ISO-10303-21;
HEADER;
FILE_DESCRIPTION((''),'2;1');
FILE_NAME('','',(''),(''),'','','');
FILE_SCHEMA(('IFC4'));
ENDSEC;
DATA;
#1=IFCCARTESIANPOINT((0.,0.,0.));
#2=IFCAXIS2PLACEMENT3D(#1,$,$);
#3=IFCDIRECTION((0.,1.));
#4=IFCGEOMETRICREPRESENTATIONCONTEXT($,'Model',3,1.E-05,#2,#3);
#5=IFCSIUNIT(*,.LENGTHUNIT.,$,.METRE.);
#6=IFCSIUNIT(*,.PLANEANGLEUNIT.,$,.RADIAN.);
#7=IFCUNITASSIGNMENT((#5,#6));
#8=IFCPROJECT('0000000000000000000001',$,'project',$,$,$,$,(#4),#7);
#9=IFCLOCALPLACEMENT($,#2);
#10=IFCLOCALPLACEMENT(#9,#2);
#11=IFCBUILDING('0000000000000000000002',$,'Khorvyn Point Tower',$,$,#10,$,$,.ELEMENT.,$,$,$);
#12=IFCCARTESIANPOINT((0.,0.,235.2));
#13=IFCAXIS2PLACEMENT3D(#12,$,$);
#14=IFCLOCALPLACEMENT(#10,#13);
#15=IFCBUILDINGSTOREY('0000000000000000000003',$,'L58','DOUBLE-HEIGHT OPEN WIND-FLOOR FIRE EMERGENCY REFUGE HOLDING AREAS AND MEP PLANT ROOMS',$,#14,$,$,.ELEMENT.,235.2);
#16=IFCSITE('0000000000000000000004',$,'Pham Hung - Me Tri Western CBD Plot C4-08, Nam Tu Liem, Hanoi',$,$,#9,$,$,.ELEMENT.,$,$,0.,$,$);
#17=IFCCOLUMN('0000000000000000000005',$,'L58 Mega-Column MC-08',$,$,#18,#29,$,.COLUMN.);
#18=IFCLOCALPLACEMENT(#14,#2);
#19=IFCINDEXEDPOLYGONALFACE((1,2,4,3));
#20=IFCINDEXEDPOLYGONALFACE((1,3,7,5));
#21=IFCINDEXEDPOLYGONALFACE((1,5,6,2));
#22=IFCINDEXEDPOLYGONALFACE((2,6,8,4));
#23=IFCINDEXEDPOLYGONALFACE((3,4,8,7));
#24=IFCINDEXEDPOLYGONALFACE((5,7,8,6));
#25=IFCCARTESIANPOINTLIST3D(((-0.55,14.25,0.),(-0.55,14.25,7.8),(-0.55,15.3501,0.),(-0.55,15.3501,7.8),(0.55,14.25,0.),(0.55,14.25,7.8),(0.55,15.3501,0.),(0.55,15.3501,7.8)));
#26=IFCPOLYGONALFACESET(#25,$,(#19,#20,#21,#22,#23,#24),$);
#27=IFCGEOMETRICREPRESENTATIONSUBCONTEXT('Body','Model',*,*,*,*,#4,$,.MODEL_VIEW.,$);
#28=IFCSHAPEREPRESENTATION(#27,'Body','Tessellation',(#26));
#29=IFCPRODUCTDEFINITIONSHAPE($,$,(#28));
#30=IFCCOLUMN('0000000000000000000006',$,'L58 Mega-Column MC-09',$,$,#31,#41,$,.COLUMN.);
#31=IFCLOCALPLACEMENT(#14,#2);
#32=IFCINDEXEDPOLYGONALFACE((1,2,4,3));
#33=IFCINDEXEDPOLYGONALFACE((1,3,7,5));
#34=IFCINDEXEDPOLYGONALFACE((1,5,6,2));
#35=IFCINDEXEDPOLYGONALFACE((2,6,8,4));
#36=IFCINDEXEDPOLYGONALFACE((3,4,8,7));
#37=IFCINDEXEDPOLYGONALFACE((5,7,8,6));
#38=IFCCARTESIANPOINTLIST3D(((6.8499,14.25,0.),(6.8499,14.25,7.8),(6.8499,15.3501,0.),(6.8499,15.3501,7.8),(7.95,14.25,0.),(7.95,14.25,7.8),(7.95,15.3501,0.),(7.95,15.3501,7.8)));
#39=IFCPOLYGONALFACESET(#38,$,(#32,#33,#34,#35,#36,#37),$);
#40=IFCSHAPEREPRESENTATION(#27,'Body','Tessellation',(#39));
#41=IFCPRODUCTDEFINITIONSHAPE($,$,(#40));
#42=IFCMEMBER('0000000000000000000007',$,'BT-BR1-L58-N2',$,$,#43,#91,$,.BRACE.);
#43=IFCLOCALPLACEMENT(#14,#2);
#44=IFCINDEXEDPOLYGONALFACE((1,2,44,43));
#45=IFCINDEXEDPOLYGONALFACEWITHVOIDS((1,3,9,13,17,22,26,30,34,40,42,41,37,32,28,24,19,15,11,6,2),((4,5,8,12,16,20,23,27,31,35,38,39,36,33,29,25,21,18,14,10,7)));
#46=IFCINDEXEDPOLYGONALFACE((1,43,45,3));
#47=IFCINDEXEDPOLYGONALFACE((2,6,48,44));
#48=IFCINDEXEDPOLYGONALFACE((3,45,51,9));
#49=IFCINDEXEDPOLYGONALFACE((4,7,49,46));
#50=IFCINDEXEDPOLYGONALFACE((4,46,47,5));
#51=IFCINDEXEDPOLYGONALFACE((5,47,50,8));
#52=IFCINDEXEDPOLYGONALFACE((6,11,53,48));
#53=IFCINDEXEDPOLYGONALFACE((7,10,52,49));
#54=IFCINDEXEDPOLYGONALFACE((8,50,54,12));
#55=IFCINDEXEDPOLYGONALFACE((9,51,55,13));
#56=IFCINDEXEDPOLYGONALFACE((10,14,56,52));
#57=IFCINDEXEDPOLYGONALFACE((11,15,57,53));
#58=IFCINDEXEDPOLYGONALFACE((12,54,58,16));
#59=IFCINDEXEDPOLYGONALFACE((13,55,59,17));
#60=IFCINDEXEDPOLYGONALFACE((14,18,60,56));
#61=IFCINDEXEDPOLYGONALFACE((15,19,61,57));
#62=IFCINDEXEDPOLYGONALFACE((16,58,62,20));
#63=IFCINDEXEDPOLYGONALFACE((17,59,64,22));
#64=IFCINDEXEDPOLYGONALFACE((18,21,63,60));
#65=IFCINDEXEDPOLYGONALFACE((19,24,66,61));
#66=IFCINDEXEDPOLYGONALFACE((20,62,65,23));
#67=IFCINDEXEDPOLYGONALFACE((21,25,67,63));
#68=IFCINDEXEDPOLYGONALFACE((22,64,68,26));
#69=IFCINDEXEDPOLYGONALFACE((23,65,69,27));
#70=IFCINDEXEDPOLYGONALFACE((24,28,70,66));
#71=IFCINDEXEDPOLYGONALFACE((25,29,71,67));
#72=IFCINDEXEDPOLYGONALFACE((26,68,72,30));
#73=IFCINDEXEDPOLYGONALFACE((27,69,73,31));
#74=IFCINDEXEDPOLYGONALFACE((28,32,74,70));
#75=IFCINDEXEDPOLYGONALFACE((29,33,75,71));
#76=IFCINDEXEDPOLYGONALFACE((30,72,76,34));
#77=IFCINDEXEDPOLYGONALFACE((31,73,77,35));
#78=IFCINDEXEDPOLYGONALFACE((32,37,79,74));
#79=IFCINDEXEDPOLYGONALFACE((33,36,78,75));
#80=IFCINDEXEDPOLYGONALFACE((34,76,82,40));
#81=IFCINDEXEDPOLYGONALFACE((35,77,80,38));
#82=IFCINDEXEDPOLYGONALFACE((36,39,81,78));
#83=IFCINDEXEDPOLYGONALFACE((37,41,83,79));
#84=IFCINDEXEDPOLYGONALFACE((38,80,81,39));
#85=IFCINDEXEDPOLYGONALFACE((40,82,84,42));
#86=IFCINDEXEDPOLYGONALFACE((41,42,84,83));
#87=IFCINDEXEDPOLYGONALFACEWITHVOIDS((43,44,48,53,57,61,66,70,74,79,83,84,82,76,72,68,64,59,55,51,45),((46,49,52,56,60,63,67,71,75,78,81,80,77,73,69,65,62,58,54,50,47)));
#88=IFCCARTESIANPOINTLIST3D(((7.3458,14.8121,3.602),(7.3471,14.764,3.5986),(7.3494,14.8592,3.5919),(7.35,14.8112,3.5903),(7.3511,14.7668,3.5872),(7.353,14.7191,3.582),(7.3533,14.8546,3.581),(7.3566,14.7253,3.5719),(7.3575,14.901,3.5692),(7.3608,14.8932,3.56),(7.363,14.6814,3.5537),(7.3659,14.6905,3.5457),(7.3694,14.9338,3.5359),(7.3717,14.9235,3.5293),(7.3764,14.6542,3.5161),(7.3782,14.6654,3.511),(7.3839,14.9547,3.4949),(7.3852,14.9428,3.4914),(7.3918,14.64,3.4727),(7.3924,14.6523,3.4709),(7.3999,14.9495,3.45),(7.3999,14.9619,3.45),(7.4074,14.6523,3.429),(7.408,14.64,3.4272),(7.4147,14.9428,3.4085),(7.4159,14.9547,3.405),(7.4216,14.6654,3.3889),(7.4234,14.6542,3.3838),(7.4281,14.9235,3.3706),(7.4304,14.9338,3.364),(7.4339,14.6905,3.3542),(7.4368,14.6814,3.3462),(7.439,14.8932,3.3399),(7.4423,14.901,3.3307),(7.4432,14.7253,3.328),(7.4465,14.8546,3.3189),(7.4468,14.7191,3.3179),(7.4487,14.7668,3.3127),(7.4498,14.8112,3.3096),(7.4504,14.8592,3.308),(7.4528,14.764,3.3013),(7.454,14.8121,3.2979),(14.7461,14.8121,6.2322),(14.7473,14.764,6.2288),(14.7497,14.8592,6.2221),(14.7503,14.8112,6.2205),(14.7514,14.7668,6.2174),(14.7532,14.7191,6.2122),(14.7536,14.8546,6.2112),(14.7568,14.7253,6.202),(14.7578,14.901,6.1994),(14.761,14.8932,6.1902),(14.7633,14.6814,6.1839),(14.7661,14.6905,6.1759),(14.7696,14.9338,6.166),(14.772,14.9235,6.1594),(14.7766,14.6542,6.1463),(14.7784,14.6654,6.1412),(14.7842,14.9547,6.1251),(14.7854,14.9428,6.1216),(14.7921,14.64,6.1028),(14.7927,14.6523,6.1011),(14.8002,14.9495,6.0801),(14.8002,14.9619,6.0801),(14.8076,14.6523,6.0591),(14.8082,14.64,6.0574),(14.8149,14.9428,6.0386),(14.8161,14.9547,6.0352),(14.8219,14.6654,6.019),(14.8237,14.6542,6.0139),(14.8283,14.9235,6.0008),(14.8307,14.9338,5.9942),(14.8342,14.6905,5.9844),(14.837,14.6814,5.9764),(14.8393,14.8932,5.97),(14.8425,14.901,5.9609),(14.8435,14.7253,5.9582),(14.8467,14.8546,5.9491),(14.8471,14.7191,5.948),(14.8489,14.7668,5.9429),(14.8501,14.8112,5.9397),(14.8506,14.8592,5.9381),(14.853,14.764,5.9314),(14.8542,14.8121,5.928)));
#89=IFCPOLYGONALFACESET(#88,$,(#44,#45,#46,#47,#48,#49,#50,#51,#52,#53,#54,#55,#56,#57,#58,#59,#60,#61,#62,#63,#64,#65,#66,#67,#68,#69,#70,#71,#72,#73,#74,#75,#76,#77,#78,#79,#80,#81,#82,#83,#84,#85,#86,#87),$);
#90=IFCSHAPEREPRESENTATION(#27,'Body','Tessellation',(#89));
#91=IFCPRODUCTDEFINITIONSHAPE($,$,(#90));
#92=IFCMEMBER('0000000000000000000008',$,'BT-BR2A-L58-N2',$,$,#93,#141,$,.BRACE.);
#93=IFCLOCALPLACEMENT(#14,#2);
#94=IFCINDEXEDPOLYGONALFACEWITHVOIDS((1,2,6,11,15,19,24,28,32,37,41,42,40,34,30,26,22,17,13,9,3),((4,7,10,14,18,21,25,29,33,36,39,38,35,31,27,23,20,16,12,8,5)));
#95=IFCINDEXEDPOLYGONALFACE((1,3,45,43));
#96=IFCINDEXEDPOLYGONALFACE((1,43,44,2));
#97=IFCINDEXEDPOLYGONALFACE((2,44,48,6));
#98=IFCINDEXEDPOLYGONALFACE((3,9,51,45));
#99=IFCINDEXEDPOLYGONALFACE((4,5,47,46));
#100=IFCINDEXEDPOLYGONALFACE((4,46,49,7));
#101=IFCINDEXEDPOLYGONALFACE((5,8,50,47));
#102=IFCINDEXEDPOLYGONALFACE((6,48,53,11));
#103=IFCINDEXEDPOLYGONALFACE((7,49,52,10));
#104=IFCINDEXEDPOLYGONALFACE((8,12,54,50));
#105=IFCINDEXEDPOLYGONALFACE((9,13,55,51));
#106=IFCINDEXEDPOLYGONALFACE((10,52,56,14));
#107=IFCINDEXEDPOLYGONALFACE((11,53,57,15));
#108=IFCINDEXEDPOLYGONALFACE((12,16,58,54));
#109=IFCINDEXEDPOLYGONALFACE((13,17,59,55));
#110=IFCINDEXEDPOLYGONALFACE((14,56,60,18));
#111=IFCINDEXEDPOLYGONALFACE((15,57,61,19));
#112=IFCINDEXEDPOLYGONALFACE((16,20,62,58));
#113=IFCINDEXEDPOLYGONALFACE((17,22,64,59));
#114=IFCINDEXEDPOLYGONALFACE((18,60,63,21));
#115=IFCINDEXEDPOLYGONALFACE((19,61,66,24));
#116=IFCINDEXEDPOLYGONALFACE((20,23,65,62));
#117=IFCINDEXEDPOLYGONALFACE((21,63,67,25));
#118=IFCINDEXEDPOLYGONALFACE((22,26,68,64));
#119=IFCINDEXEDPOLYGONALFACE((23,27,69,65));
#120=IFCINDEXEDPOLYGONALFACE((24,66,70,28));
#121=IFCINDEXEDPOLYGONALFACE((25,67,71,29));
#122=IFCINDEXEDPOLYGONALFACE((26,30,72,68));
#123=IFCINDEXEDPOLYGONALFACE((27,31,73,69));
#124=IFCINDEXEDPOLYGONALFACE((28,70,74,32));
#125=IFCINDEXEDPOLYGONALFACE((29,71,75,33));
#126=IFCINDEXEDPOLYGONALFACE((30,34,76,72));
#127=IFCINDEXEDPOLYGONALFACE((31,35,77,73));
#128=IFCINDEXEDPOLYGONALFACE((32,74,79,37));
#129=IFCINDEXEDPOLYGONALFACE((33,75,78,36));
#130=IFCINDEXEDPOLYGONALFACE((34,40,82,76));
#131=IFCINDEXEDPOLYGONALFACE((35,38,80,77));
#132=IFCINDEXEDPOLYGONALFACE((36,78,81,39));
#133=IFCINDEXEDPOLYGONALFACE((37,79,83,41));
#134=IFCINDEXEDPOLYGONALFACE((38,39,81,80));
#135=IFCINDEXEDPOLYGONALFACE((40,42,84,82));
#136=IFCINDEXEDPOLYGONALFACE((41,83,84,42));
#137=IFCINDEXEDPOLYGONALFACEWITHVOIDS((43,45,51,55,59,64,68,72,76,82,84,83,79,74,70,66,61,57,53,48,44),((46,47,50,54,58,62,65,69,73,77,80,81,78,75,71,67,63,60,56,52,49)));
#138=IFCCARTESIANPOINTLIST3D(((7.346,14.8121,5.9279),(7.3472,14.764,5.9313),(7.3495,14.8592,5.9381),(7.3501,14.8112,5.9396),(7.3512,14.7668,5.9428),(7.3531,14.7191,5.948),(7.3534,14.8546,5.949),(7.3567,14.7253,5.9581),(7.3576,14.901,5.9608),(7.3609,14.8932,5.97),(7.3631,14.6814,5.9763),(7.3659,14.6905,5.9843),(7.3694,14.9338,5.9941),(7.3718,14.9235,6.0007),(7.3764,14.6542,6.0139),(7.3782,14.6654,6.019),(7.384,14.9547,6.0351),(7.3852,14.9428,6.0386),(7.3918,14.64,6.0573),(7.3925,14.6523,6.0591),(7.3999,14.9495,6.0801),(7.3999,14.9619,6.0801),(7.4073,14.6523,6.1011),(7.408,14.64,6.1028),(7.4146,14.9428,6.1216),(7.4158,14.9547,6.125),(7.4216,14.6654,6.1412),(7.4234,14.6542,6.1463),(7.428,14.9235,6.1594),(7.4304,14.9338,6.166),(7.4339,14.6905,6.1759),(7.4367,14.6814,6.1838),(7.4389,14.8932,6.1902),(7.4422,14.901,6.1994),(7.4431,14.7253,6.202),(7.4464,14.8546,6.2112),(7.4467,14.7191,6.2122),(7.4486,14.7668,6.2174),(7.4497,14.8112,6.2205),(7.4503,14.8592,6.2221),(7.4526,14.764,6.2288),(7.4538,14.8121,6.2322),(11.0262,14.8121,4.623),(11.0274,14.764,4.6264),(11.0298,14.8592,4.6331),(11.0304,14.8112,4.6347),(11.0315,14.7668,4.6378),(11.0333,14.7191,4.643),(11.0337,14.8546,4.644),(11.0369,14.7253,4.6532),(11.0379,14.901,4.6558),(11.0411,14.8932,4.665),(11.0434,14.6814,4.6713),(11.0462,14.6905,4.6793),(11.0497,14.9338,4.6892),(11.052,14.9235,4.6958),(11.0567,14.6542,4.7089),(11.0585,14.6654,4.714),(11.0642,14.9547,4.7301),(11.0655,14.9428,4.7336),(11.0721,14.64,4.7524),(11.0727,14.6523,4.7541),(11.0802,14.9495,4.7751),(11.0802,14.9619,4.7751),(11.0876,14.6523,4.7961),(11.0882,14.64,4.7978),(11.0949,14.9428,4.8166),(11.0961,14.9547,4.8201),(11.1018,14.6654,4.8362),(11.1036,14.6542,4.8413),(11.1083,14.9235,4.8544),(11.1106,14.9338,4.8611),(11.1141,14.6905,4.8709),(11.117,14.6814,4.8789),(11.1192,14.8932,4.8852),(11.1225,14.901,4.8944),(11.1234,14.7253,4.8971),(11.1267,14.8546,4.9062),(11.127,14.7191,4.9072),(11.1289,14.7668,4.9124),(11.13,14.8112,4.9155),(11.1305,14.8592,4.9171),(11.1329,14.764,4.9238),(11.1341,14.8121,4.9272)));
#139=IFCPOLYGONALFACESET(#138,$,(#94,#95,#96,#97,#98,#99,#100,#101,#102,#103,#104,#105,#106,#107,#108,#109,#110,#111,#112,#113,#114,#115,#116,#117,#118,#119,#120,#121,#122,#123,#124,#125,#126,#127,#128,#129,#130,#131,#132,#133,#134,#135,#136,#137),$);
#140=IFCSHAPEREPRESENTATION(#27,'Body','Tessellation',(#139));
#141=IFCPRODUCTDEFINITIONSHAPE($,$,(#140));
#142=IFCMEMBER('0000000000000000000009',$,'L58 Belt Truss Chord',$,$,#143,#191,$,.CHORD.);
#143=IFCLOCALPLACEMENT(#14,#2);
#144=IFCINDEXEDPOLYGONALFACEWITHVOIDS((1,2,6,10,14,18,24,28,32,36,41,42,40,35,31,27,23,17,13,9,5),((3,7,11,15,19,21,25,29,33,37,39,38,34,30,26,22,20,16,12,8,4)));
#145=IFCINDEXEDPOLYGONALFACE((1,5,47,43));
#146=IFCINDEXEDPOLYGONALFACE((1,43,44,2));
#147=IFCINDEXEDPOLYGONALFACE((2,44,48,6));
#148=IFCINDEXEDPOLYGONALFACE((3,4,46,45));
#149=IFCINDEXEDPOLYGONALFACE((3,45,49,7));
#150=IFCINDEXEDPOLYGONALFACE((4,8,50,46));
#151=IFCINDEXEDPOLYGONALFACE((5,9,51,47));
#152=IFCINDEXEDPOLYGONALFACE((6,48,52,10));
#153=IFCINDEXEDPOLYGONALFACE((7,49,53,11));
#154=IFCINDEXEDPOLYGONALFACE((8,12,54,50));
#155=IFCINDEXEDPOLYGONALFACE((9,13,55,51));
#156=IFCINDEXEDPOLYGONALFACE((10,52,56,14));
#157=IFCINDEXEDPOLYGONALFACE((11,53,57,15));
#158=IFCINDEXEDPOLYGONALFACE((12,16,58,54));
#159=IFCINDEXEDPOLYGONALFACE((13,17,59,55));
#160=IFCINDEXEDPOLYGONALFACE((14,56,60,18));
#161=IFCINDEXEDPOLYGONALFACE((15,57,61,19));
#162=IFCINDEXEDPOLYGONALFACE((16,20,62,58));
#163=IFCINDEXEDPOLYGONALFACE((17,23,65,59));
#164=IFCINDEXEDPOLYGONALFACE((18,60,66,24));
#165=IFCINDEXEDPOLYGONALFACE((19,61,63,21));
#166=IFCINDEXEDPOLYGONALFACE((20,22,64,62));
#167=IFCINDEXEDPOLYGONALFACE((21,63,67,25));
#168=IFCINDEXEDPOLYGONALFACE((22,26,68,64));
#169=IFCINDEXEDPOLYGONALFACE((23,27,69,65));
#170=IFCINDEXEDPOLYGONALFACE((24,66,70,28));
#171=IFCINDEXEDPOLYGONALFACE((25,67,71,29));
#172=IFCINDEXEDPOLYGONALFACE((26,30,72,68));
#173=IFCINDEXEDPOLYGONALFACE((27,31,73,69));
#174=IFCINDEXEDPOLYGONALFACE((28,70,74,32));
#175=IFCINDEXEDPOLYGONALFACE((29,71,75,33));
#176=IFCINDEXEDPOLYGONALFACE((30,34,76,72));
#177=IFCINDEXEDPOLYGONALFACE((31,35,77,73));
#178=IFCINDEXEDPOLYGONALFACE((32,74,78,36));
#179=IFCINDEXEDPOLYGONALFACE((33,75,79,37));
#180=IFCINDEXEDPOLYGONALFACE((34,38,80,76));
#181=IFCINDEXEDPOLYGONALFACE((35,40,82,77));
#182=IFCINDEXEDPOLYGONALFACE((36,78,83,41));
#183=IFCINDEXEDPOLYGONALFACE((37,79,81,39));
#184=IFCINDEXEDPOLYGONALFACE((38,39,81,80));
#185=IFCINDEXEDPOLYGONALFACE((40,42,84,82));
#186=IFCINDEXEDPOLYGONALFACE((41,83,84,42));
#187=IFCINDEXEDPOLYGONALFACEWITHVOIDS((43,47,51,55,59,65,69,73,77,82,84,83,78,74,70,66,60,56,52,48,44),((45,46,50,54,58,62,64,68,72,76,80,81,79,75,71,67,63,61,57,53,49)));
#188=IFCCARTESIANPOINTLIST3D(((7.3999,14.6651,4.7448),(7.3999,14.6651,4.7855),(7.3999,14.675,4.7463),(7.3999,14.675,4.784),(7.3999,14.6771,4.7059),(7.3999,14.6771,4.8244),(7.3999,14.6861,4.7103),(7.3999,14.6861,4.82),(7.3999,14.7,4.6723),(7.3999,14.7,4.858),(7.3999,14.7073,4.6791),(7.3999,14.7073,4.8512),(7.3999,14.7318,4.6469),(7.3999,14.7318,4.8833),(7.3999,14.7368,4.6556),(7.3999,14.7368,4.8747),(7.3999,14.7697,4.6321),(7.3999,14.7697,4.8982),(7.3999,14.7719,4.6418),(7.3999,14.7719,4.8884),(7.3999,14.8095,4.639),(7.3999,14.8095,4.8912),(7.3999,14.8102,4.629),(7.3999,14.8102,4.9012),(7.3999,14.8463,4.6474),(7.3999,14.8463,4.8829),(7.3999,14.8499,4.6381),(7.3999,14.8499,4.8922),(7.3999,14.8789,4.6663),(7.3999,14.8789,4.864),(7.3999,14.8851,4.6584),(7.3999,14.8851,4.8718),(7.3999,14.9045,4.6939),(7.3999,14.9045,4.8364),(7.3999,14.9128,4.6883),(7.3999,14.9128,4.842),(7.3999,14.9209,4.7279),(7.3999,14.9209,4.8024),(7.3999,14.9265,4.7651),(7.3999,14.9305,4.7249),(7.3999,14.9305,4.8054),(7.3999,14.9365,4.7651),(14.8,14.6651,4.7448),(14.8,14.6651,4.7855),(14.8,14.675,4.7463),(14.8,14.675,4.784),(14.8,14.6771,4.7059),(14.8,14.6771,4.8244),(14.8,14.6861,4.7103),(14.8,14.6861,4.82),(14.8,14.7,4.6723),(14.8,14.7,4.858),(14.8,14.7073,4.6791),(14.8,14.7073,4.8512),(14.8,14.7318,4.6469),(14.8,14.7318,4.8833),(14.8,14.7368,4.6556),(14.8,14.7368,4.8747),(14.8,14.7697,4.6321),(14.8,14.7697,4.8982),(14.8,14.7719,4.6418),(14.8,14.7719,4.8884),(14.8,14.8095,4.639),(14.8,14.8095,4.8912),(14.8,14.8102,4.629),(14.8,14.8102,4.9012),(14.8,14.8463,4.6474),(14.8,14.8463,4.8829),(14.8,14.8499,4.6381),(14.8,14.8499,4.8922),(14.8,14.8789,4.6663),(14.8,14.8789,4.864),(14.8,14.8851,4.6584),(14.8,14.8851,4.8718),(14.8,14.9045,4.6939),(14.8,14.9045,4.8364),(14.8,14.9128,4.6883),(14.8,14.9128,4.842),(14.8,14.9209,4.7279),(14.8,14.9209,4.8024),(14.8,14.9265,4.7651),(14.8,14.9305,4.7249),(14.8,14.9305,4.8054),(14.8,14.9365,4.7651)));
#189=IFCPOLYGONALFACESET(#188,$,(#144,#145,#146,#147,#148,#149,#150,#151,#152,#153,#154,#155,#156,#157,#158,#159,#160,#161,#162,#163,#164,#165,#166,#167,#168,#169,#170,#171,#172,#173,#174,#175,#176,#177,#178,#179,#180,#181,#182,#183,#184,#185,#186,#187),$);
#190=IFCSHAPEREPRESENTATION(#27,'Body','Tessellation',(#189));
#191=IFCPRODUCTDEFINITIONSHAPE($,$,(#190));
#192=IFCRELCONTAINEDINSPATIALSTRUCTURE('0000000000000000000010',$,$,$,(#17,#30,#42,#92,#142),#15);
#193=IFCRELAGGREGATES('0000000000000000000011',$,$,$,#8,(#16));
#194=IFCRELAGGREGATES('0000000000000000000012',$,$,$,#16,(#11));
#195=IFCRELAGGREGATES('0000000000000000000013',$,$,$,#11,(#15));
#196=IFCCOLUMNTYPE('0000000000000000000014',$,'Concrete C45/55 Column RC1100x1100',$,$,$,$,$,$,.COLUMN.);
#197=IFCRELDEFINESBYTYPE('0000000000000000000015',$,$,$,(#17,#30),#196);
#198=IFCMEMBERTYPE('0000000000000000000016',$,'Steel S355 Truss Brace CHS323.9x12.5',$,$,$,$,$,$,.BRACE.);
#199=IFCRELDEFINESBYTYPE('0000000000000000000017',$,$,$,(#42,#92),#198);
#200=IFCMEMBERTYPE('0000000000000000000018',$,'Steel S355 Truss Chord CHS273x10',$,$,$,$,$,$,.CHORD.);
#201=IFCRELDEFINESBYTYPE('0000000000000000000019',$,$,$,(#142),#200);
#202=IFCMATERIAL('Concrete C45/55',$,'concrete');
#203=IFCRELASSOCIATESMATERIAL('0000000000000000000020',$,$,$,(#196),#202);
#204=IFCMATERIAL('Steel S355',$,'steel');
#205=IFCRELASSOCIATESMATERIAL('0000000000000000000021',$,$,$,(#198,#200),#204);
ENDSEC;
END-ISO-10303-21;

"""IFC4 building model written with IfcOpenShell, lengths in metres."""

from ifc_helpers import new_model, si_unit, direction, frame, origin, origin_2d, place, context, subcontext, project, spatial, rectangle, hollow_circle, extrude, material, material_profile, profile_set, type_object, element, save


model = new_model("IFC4")

# Units and contexts
model_context = context("Model", 3, precision=1e-05, world=origin(), true_north=direction((0.0, 1.0)))
body_context = subcontext(model_context, "Body", "Model", "MODEL_VIEW")
ifc_project = project(units=[si_unit("LENGTHUNIT", "METRE"), si_unit("PLANEANGLEUNIT", "RADIAN")], contexts=[model_context])

# Site, building, storey
site_placement = place(None, origin())
site = spatial("IfcSite", under=ifc_project, at=site_placement, Name="Pham Hung - Me Tri Western CBD Plot C4-08, Nam Tu Liem, Hanoi", CompositionType="ELEMENT", RefElevation=0.0)
building_placement = place(site_placement, origin())
building = spatial("IfcBuilding", under=site, at=building_placement, Name="Khorvyn Point Tower", CompositionType="ELEMENT")
storey_placement = place(building_placement, frame((0.0, 0.0, 235.2)))
storey = spatial("IfcBuildingStorey", under=building, at=storey_placement, Name="L58", Description="DOUBLE-HEIGHT OPEN WIND-FLOOR FIRE EMERGENCY REFUGE HOLDING AREAS AND MEP PLANT ROOMS", CompositionType="ELEMENT", Elevation=235.2)

# Columns
ifc_material_1 = material(Name="Concrete C45/55", Category="concrete")
ifc_material_profile_1 = material_profile(ifc_material_1, rectangle(XDim=1.1001, YDim=1.1001, at=origin_2d()))
ifc_profile_set_1 = profile_set([ifc_material_profile_1], Name="Concrete C45/55 RC1100x1100")
column_type = type_object("IfcColumnType", Name="Concrete C45/55 Column RC1100x1100", PredefinedType="COLUMN", material=ifc_profile_set_1)
for number, where, z_axis, x_axis, name in (
    (1, (0.0, 14.8, 0.0), (0.0, 0.0, 1.0), (1.0, 0.0, 0.0), "L58 Mega-Column MC-08"),
    (2, (7.3999, 14.8, 0.0), (0.0, 0.0, 1.0), (1.0, 0.0, 0.0), "L58 Mega-Column MC-09"),
):
    element("IfcColumn", number, at=place(storey_placement, frame(where, z_axis=z_axis, x_axis=x_axis)), inside=storey, type_object=column_type, Name=name, PredefinedType="COLUMN", context=body_context, shape_type="SweptSolid", body=[
        extrude(rectangle(XDim=1.1001, YDim=1.1001, at=origin_2d()), origin(), (0.0, 0.0, 1.0), 7.8),
    ])

# Members
ifc_material_2 = material(Name="Steel S355", Category="steel")
ifc_material_profile_2 = material_profile(ifc_material_2, hollow_circle(Radius=0.1619, WallThickness=0.0125, at=origin_2d()))
ifc_profile_set_2 = profile_set([ifc_material_profile_2], Name="Steel S355 CHS323.9x12.5")
member_type_1 = type_object("IfcMemberType", Name="Steel S355 Truss Brace CHS323.9x12.5", PredefinedType="BRACE", material=ifc_profile_set_2)
member_1_placement = place(storey_placement, frame((7.3999, 14.8, 3.45), z_axis=(0.942256, 0.0, 0.334893), x_axis=(0.0, 1.0, 0.0)))
element("IfcMember", 3, at=member_1_placement, inside=storey, type_object=member_type_1, Name="BT-BR1-L58-N2", PredefinedType="BRACE", context=body_context, shape_type="SweptSolid", body=[
    extrude(hollow_circle(Radius=0.1619, WallThickness=0.0125, at=origin_2d()), origin(), (0.0, 0.0, 1.0), 7.8538),
])
member_2_placement = place(storey_placement, frame((7.3999, 14.8, 6.0801), z_axis=(0.942503, 0.0, -0.334197), x_axis=(0.0, 1.0, 0.0)))
element("IfcMember", 4, at=member_2_placement, inside=storey, type_object=member_type_1, Name="BT-BR2A-L58-N2", PredefinedType="BRACE", context=body_context, shape_type="SweptSolid", body=[
    extrude(hollow_circle(Radius=0.1619, WallThickness=0.0125, at=origin_2d()), origin(), (0.0, 0.0, 1.0), 3.9048),
])
ifc_material_profile_3 = material_profile(ifc_material_2, hollow_circle(Radius=0.1365, WallThickness=0.01, at=origin_2d()))
ifc_profile_set_3 = profile_set([ifc_material_profile_3], Name="Steel S355 CHS273x10")
member_type_2 = type_object("IfcMemberType", Name="Steel S355 Truss Chord CHS273x10", PredefinedType="CHORD", material=ifc_profile_set_3)
member_3_placement = place(storey_placement, frame((7.3999, 14.8, 4.7651), z_axis=(1.0, 0.0, 0.0), x_axis=(0.0, 1.0, 0.0)))
element("IfcMember", 5, at=member_3_placement, inside=storey, type_object=member_type_2, Name="L58 Belt Truss Chord", PredefinedType="CHORD", context=body_context, shape_type="SweptSolid", body=[
    extrude(hollow_circle(Radius=0.1365, WallThickness=0.01, at=origin_2d()), origin(), (0.0, 0.0, 1.0), 7.4001),
])

save(model, "model.ifc")
